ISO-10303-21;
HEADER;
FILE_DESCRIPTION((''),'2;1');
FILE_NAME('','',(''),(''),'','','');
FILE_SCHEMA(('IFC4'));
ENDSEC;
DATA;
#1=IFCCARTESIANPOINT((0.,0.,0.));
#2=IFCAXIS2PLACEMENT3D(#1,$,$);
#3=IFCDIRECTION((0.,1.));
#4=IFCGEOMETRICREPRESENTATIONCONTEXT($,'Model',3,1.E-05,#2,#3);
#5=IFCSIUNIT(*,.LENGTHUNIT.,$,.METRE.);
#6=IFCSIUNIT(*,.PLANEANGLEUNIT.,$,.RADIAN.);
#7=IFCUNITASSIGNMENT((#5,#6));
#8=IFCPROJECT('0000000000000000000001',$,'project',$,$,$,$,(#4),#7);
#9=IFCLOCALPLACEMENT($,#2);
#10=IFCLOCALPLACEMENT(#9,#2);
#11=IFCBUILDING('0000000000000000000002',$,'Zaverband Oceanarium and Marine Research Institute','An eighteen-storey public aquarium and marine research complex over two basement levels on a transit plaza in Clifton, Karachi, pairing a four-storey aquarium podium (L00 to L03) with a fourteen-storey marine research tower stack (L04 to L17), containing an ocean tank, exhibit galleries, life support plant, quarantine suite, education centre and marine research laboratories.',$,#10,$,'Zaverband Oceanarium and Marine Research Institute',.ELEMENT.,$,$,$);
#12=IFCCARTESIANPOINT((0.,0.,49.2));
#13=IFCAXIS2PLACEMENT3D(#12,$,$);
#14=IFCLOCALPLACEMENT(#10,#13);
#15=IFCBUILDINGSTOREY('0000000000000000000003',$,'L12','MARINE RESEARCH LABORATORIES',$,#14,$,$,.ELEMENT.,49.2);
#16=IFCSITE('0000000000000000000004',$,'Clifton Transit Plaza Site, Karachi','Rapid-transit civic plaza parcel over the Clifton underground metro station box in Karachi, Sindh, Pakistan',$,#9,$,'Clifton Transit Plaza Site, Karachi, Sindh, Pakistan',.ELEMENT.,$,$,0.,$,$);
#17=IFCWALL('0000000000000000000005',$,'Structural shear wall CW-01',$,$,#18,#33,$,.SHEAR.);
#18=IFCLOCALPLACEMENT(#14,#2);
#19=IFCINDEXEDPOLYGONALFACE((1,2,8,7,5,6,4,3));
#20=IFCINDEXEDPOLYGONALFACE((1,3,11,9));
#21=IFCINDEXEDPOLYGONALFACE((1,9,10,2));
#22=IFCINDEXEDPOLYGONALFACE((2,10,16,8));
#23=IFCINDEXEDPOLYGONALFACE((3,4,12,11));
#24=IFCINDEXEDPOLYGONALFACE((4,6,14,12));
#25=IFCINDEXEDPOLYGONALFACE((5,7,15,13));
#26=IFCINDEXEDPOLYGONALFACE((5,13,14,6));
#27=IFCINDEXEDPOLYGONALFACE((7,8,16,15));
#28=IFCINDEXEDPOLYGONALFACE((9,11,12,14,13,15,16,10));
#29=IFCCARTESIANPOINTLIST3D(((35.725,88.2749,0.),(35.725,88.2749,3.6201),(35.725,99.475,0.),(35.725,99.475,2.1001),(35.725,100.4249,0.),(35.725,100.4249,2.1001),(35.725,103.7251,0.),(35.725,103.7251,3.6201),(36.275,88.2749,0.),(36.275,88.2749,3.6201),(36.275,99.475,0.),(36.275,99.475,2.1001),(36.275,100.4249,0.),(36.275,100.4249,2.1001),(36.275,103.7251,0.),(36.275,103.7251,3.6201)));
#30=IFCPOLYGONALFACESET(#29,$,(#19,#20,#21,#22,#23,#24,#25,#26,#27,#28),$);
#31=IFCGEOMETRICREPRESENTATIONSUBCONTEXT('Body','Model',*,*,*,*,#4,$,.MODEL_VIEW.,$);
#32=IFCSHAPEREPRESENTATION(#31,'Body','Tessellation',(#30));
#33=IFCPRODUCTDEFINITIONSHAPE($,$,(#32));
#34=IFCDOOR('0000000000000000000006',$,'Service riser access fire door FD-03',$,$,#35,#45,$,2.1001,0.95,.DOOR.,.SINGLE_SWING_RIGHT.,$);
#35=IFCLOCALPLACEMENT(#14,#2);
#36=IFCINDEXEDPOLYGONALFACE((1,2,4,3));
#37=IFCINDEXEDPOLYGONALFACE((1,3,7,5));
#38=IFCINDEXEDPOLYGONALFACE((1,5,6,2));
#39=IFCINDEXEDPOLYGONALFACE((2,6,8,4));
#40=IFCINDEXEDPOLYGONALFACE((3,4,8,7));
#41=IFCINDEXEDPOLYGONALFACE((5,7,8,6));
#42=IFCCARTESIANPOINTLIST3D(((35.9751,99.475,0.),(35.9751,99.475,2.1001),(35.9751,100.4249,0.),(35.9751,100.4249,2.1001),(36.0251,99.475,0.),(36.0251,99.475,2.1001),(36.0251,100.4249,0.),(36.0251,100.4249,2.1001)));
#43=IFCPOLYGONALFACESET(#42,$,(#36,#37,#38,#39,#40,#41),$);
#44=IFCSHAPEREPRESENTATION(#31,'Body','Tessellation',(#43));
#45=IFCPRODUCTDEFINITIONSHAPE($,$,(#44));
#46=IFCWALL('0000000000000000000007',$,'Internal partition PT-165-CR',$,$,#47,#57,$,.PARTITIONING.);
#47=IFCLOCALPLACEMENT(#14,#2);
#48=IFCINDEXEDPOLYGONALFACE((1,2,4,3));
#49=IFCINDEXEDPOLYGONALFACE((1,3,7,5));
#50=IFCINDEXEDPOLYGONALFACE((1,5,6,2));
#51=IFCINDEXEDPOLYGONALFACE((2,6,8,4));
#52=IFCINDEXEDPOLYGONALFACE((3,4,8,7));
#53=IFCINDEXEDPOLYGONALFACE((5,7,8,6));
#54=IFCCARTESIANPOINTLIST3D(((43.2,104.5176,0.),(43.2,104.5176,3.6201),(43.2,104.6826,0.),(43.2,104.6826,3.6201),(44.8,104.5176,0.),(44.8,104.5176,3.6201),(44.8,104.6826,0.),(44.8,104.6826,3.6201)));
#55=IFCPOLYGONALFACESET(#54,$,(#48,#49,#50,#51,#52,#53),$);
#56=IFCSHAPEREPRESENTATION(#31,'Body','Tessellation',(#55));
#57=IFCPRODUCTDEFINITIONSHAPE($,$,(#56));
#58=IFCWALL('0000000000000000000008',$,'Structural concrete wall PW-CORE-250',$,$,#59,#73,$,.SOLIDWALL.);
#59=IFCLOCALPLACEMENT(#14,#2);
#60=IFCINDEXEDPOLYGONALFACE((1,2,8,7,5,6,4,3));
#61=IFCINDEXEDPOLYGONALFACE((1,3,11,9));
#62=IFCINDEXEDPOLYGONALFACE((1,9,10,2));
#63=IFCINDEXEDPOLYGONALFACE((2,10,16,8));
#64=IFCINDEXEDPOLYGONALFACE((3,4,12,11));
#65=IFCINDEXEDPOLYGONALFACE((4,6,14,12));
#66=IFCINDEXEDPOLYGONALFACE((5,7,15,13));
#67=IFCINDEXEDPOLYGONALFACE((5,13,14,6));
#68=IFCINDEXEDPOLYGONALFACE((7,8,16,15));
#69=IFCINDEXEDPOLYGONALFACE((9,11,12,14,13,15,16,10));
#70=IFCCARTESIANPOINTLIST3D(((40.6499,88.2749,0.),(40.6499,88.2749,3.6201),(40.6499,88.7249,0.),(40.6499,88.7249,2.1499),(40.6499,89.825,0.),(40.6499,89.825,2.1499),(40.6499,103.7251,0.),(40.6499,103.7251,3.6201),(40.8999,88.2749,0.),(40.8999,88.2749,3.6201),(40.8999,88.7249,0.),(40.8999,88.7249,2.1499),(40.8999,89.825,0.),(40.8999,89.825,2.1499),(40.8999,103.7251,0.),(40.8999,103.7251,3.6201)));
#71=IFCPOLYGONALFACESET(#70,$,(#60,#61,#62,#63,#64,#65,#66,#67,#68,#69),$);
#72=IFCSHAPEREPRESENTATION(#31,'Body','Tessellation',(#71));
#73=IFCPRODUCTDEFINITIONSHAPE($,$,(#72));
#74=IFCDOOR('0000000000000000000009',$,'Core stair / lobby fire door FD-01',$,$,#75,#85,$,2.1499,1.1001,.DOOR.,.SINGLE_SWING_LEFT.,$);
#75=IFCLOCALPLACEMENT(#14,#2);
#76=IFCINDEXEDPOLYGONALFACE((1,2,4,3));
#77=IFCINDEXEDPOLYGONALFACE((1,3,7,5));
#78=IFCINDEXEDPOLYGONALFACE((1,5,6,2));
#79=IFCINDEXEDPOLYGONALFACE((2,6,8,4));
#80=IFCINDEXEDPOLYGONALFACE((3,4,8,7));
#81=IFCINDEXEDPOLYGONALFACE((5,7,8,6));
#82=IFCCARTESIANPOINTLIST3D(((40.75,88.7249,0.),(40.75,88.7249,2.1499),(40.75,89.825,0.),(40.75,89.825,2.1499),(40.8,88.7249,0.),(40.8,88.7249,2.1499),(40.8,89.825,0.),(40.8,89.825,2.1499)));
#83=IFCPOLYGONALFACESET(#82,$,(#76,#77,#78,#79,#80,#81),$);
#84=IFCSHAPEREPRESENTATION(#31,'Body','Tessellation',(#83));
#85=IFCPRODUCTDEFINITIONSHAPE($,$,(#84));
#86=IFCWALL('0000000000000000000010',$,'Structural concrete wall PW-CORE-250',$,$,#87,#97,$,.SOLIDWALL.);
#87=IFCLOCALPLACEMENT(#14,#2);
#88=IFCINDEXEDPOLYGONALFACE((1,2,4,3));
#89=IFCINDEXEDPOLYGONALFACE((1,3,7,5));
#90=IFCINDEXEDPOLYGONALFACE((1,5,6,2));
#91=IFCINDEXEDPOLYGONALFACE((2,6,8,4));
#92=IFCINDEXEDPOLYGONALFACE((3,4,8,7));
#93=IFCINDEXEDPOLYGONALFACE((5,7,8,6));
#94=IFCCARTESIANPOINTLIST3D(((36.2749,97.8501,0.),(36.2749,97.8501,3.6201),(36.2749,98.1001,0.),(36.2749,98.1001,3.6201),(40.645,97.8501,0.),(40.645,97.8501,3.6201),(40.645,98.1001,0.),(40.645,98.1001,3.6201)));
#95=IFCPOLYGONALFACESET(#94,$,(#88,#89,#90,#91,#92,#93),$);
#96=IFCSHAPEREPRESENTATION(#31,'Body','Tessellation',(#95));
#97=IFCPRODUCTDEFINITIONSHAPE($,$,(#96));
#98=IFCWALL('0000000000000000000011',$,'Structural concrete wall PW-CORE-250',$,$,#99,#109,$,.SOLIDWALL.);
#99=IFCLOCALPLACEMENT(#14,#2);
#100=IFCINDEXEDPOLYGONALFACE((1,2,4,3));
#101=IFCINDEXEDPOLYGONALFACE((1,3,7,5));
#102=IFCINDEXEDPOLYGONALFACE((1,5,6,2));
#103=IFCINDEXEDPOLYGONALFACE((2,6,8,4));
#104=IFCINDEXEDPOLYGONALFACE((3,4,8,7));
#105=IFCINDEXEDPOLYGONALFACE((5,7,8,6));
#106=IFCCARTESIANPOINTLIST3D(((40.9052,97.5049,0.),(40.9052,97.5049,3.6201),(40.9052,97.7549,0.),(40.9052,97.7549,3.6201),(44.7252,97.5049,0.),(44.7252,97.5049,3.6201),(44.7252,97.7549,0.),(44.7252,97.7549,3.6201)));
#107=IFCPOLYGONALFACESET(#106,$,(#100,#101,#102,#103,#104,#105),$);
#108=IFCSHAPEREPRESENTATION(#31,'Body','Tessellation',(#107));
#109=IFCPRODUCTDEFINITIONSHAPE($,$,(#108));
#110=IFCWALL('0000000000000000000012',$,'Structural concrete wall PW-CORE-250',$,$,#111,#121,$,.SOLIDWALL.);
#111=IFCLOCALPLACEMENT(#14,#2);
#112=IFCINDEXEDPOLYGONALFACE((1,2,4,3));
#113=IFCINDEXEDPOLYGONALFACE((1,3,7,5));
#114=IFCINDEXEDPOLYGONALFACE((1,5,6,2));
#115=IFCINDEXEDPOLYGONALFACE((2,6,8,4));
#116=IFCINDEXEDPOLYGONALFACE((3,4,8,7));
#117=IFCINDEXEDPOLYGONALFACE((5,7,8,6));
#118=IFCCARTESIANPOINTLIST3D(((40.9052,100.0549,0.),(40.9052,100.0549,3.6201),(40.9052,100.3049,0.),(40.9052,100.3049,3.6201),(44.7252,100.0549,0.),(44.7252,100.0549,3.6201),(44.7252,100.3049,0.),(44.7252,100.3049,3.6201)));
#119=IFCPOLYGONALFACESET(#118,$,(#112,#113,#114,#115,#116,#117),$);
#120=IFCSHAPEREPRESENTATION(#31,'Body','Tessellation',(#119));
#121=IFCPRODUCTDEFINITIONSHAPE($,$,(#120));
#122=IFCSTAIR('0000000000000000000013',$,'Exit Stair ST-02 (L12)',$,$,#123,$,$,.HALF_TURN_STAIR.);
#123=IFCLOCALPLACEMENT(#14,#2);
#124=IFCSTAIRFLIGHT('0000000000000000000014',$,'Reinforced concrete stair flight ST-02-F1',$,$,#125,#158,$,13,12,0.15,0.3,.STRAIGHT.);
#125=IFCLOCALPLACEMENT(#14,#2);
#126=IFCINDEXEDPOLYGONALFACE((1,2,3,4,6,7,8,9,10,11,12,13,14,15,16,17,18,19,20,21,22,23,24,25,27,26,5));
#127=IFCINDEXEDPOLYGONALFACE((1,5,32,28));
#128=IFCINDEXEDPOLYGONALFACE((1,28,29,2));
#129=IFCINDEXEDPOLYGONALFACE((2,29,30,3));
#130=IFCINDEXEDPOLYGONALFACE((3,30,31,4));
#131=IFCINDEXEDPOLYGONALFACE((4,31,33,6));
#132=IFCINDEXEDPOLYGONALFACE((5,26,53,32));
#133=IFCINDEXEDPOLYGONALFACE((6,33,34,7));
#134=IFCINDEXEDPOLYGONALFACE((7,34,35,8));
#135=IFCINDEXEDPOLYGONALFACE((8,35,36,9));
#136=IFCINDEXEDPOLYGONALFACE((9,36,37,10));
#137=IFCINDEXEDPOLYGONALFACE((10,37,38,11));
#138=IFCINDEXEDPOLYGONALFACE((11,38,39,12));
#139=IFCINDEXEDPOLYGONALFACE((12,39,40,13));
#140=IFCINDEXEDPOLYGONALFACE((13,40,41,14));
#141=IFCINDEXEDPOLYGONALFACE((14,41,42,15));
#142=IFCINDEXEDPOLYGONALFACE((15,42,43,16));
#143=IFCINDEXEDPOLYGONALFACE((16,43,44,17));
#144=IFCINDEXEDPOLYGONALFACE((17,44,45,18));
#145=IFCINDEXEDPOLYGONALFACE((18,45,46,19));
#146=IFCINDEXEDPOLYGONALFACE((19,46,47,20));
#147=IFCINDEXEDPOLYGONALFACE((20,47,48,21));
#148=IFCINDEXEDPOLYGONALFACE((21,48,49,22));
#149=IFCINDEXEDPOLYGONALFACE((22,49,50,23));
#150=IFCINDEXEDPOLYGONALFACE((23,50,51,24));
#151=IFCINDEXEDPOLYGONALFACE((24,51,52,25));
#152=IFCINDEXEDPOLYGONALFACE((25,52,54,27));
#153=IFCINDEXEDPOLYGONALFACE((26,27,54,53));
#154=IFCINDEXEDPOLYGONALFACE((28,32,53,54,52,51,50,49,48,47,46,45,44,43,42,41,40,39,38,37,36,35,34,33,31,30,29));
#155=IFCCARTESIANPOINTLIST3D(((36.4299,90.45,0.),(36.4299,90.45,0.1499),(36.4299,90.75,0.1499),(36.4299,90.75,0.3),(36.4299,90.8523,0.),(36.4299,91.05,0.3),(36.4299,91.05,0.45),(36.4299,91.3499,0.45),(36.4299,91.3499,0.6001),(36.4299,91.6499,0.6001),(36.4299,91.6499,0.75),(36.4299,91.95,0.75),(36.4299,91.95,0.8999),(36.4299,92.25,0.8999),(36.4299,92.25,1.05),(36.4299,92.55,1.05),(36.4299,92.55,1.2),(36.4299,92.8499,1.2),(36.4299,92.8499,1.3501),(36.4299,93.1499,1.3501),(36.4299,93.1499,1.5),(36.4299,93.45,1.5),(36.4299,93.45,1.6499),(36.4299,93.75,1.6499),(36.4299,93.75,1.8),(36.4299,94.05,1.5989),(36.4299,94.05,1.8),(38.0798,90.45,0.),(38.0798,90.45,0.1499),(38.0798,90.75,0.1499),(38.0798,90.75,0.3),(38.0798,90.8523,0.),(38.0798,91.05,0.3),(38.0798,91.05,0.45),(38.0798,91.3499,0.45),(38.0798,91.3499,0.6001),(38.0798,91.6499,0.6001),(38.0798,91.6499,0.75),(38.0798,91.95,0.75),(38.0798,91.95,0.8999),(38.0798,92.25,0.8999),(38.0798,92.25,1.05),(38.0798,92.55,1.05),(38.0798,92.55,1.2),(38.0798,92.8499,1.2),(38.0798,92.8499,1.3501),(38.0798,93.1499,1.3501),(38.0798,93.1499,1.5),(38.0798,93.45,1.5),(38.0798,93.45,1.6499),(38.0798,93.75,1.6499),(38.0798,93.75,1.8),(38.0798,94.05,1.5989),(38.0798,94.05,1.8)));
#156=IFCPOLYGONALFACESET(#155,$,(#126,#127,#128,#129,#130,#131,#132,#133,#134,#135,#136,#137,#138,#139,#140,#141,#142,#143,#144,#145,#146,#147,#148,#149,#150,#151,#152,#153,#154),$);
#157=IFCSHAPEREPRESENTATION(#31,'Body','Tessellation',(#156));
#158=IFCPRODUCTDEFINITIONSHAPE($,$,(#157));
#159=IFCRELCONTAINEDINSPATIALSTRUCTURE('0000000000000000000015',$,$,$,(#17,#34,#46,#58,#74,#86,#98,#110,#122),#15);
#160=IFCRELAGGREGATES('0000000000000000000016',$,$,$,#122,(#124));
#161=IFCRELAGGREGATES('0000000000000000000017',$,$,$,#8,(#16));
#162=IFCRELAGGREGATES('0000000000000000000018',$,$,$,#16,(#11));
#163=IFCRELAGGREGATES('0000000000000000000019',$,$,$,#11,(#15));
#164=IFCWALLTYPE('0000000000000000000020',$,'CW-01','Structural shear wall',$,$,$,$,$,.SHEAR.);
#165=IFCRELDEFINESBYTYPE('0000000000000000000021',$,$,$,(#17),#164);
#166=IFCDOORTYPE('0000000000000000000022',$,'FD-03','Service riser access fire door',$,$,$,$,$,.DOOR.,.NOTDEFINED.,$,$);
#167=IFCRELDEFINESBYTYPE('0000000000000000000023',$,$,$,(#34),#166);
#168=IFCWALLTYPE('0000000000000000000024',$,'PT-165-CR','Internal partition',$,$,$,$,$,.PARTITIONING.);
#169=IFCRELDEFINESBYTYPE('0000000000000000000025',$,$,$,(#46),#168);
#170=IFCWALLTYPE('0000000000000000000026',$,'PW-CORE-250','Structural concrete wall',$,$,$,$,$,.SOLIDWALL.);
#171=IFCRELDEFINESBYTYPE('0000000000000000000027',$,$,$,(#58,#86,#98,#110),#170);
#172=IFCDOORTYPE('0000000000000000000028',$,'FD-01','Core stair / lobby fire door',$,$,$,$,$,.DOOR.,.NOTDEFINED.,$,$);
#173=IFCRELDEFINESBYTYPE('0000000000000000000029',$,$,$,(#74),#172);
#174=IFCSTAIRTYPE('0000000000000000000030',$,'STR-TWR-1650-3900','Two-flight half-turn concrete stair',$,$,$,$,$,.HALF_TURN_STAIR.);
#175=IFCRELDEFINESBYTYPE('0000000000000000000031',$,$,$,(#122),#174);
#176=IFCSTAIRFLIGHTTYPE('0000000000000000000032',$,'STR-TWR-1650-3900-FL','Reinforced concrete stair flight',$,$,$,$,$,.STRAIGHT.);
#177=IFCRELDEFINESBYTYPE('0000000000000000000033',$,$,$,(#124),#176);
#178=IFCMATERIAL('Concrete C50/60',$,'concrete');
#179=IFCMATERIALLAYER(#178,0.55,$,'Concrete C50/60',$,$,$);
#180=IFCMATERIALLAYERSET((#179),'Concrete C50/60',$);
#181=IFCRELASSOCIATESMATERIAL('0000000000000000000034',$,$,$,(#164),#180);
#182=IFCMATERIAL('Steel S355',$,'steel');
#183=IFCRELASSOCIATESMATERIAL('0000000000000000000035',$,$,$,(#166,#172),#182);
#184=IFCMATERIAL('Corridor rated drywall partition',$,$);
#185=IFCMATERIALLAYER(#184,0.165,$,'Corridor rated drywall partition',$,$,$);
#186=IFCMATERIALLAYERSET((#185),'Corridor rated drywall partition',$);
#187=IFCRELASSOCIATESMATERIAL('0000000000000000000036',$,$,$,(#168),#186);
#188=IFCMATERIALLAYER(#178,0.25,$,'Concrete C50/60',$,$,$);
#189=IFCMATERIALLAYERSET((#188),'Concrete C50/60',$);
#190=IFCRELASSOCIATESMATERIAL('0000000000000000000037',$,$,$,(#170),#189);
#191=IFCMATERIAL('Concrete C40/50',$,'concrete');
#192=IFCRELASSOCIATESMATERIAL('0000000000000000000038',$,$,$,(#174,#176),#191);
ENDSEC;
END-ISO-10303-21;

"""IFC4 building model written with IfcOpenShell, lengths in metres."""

from ifc_helpers import new_model, si_unit, direction, frame, frame_2d, origin, place, context, subcontext, project, spatial, polyline, rectangle, outline, extrude, material, layer, layer_set, type_object, element, fill, aggregate, save


model = new_model("IFC4")

# Units and contexts
model_context = context("Model", 3, precision=1e-05, world=origin(), true_north=direction((0.0, 1.0)))
body_context = subcontext(model_context, "Body", "Model", "MODEL_VIEW")
ifc_project = project(units=[si_unit("LENGTHUNIT", "METRE"), si_unit("PLANEANGLEUNIT", "RADIAN")], contexts=[model_context])

# Site, building, storey
site_placement = place(None, origin())
site = spatial("IfcSite", under=ifc_project, at=site_placement, Name="Clifton Transit Plaza Site, Karachi", Description="Rapid-transit civic plaza parcel over the Clifton underground metro station box in Karachi, Sindh, Pakistan", LongName="Clifton Transit Plaza Site, Karachi, Sindh, Pakistan", CompositionType="ELEMENT", RefElevation=0.0)
building_placement = place(site_placement, origin())
building = spatial("IfcBuilding", under=site, at=building_placement, Name="Zaverband Oceanarium and Marine Research Institute", Description="An eighteen-storey public aquarium and marine research complex over two basement levels on a transit plaza in Clifton, Karachi, pairing a four-storey aquarium podium (L00 to L03) with a fourteen-storey marine research tower stack (L04 to L17), containing an ocean tank, exhibit galleries, life support plant, quarantine suite, education centre and marine research laboratories.", LongName="Zaverband Oceanarium and Marine Research Institute", CompositionType="ELEMENT")
storey_placement = place(building_placement, frame((0.0, 0.0, 49.2)))
storey = spatial("IfcBuildingStorey", under=building, at=storey_placement, Name="L12", Description="MARINE RESEARCH LABORATORIES", CompositionType="ELEMENT", Elevation=49.2)

# Shared definitions
ifc_material_1 = material(Name="Concrete C50/60", Category="concrete")

# Shared definitions
ifc_material_2 = material(Name="Concrete C40/50", Category="concrete")

# Shared definitions
ifc_layer_1 = layer(ifc_material_1, 0.55, Name="Concrete C50/60")
ifc_layer_set_1 = layer_set([ifc_layer_1], Name="Concrete C50/60")
wall_type_1 = type_object("IfcWallType", Name="CW-01", Description="Structural shear wall", PredefinedType="SHEAR", material=ifc_layer_set_1)
ifc_material_3 = material(Name="Steel S355", Category="steel")

# Wall, opening, door
wall_1_placement = place(storey_placement, frame((36.0, 88.2749, 0.0), z_axis=(0.0, 0.0, 1.0), x_axis=(0.0, 1.0, 0.0)))
wall_1 = element("IfcWall", 1, at=wall_1_placement, inside=storey, type_object=wall_type_1, Name="Structural shear wall CW-01", PredefinedType="SHEAR", context=body_context, shape_type="SweptSolid", body=[
    extrude(rectangle(XDim=15.4502, YDim=0.55, at=frame_2d((7.7251, 0.0))), origin(), (0.0, 0.0, 1.0), 3.6201),
])
opening_1_placement = place(wall_1_placement, frame((11.2, 0.0, 0.0)))
opening_1 = element("IfcOpeningElement", 2, at=opening_1_placement, cuts=wall_1, PredefinedType="OPENING", context=body_context, shape_type="SweptSolid", body=[
    extrude(rectangle(XDim=0.95, YDim=2.1001, at=frame_2d((0.4751, 1.05))), frame((0.0, 0.2871, 0.0), z_axis=(0.0, -1.0, 0.0), x_axis=(1.0, 0.0, 0.0)), (0.0, 0.0, 1.0), 0.574),
])
door_type_1 = type_object("IfcDoorType", Name="FD-03", Description="Service riser access fire door", OperationType="NOTDEFINED", PredefinedType="DOOR", material=ifc_material_3)
door_1_placement = place(opening_1_placement, origin())
door_1 = element("IfcDoor", 3, at=door_1_placement, inside=storey, type_object=door_type_1, Name="Service riser access fire door FD-03", OperationType="SINGLE_SWING_RIGHT", OverallHeight=2.1001, OverallWidth=0.95, PredefinedType="DOOR", context=body_context, shape_type="SweptSolid", body=[
    extrude(rectangle(XDim=0.95, YDim=2.1001, at=frame_2d((0.4751, 1.05))), frame((0.0, 0.0249, 0.0), z_axis=(0.0, -1.0, 0.0), x_axis=(1.0, 0.0, 0.0)), (0.0, 0.0, 1.0), 0.05),
])
fill(opening_1, door_1)

# Wall
ifc_material_4 = material(Name="Corridor rated drywall partition")
ifc_layer_2 = layer(ifc_material_4, 0.165, Name="Corridor rated drywall partition")
ifc_layer_set_2 = layer_set([ifc_layer_2], Name="Corridor rated drywall partition")
wall_type_2 = type_object("IfcWallType", Name="PT-165-CR", Description="Internal partition", PredefinedType="PARTITIONING", material=ifc_layer_set_2)
wall_2_placement = place(storey_placement, frame((43.2, 104.6001, 0.0), z_axis=(0.0, 0.0, 1.0), x_axis=(1.0, 0.0, 0.0)))
element("IfcWall", 4, at=wall_2_placement, inside=storey, type_object=wall_type_2, Name="Internal partition PT-165-CR", PredefinedType="PARTITIONING", context=body_context, shape_type="SweptSolid", body=[
    extrude(rectangle(XDim=1.6001, YDim=0.165, at=frame_2d((0.8, 0.0))), origin(), (0.0, 0.0, 1.0), 3.6201),
])

# Wall, opening, door
ifc_layer_3 = layer(ifc_material_1, 0.25, Name="Concrete C50/60")
ifc_layer_set_3 = layer_set([ifc_layer_3], Name="Concrete C50/60")
wall_type_3 = type_object("IfcWallType", Name="PW-CORE-250", Description="Structural concrete wall", PredefinedType="SOLIDWALL", material=ifc_layer_set_3)
wall_3_placement = place(storey_placement, frame((40.7749, 88.2749, 0.0), z_axis=(0.0, 0.0, 1.0), x_axis=(0.0, 1.0, 0.0)))
wall_3 = element("IfcWall", 5, at=wall_3_placement, inside=storey, type_object=wall_type_3, Name="Structural concrete wall PW-CORE-250", PredefinedType="SOLIDWALL", context=body_context, shape_type="SweptSolid", body=[
    extrude(rectangle(XDim=15.4502, YDim=0.25, at=frame_2d((7.7251, 0.0))), origin(), (0.0, 0.0, 1.0), 3.6201),
])
opening_2_placement = place(wall_3_placement, frame((0.45, 0.0, 0.0)))
opening_2 = element("IfcOpeningElement", 6, at=opening_2_placement, cuts=wall_3, PredefinedType="OPENING", context=body_context, shape_type="SweptSolid", body=[
    extrude(rectangle(XDim=1.1001, YDim=2.1499, at=frame_2d((0.55, 1.075))), frame((0.0, 0.137, 0.0), z_axis=(0.0, -1.0, 0.0), x_axis=(1.0, 0.0, 0.0)), (0.0, 0.0, 1.0), 0.2739),
])
door_type_2 = type_object("IfcDoorType", Name="FD-01", Description="Core stair / lobby fire door", OperationType="NOTDEFINED", PredefinedType="DOOR", material=ifc_material_3)
door_2_placement = place(opening_2_placement, origin())
door_2 = element("IfcDoor", 7, at=door_2_placement, inside=storey, type_object=door_type_2, Name="Core stair / lobby fire door FD-01", OperationType="SINGLE_SWING_LEFT", OverallHeight=2.1499, OverallWidth=1.1001, PredefinedType="DOOR", context=body_context, shape_type="SweptSolid", body=[
    extrude(rectangle(XDim=1.1001, YDim=2.1499, at=frame_2d((0.55, 1.075))), frame((0.0, 0.0249, 0.0), z_axis=(0.0, -1.0, 0.0), x_axis=(1.0, 0.0, 0.0)), (0.0, 0.0, 1.0), 0.05),
])
fill(opening_2, door_2)

# Wall
wall_4_placement = place(storey_placement, frame((36.2749, 97.9751, 0.0), z_axis=(0.0, 0.0, 1.0), x_axis=(1.0, 0.0, 0.0)))
element("IfcWall", 8, at=wall_4_placement, inside=storey, type_object=wall_type_3, Name="Structural concrete wall PW-CORE-250", PredefinedType="SOLIDWALL", context=body_context, shape_type="SweptSolid", body=[
    extrude(rectangle(XDim=4.3701, YDim=0.25, at=frame_2d((2.1851, 0.0))), origin(), (0.0, 0.0, 1.0), 3.6201),
])

# Walls
for number, where, z_axis, x_axis, name in (
    (9, (40.905, 97.6299, 0.0), (0.0, 0.0, 1.0), (1.0, 0.0, 0.0), "Structural concrete wall PW-CORE-250"),
    (10, (40.905, 100.1799, 0.0), (0.0, 0.0, 1.0), (1.0, 0.0, 0.0), "Structural concrete wall PW-CORE-250"),
):
    element("IfcWall", number, at=place(storey_placement, frame(where, z_axis=z_axis, x_axis=x_axis)), inside=storey, type_object=wall_type_3, Name=name, PredefinedType="SOLIDWALL", context=body_context, shape_type="SweptSolid", body=[
        extrude(rectangle(XDim=3.8201, YDim=0.25, at=frame_2d((1.9102, 0.0))), origin(), (0.0, 0.0, 1.0), 3.6201),
    ])

# Stair, stair flight
stair_type = type_object("IfcStairType", Name="STR-TWR-1650-3900", Description="Two-flight half-turn concrete stair", PredefinedType="HALF_TURN_STAIR", material=ifc_material_2)
stair_placement = place(storey_placement, origin())
stair = element("IfcStair", 11, at=stair_placement, inside=storey, type_object=stair_type, Name="Exit Stair ST-02 (L12)", PredefinedType="HALF_TURN_STAIR")
stair_flight_type = type_object("IfcStairFlightType", Name="STR-TWR-1650-3900-FL", Description="Reinforced concrete stair flight", PredefinedType="STRAIGHT", material=ifc_material_2)
stair_flight_1_placement = place(storey_placement, frame((37.2549, 90.45, 0.0), z_axis=(0.0, 0.0, 1.0), x_axis=(0.0, 1.0, 0.0)))
stair_flight_1 = element("IfcStairFlight", 12, at=stair_flight_1_placement, type_object=stair_flight_type, Name="Reinforced concrete stair flight ST-02-F1", NumberOfRisers=13, NumberOfTreads=12, PredefinedType="STRAIGHT", RiserHeight=0.15, TreadLength=0.3, context=body_context, shape_type="SweptSolid", body=[
    extrude(outline(polyline([(0.0, 0.0), (0.0, 0.1499), (0.3, 0.1499), (0.3, 0.3), (0.6001, 0.3), (0.6001, 0.45), (0.8999, 0.45), (0.8999, 0.6001), (1.2, 0.6001), (1.2, 0.75), (1.5, 0.75), (1.5, 0.8999), (1.8, 0.8999), (1.8, 1.05), (2.1001, 1.05), (2.1001, 1.2), (2.3999, 1.2), (2.3999, 1.3501), (2.7, 1.3501), (2.7, 1.5), (3.0, 1.5), (3.0, 1.6499), (3.3, 1.6499), (3.3, 1.8), (3.6001, 1.8), (3.6001, 1.95), (3.6001, 1.5989), (0.4023, 0.0), (0.0, 0.0)])), frame((0.0, 0.825, 0.0), z_axis=(0.0, -1.0, 0.0), x_axis=(1.0, 0.0, 0.0)), (0.0, 0.0, 1.0), 1.6499),
])
aggregate(stair, [stair_flight_1])

save(model, "model.ifc")
